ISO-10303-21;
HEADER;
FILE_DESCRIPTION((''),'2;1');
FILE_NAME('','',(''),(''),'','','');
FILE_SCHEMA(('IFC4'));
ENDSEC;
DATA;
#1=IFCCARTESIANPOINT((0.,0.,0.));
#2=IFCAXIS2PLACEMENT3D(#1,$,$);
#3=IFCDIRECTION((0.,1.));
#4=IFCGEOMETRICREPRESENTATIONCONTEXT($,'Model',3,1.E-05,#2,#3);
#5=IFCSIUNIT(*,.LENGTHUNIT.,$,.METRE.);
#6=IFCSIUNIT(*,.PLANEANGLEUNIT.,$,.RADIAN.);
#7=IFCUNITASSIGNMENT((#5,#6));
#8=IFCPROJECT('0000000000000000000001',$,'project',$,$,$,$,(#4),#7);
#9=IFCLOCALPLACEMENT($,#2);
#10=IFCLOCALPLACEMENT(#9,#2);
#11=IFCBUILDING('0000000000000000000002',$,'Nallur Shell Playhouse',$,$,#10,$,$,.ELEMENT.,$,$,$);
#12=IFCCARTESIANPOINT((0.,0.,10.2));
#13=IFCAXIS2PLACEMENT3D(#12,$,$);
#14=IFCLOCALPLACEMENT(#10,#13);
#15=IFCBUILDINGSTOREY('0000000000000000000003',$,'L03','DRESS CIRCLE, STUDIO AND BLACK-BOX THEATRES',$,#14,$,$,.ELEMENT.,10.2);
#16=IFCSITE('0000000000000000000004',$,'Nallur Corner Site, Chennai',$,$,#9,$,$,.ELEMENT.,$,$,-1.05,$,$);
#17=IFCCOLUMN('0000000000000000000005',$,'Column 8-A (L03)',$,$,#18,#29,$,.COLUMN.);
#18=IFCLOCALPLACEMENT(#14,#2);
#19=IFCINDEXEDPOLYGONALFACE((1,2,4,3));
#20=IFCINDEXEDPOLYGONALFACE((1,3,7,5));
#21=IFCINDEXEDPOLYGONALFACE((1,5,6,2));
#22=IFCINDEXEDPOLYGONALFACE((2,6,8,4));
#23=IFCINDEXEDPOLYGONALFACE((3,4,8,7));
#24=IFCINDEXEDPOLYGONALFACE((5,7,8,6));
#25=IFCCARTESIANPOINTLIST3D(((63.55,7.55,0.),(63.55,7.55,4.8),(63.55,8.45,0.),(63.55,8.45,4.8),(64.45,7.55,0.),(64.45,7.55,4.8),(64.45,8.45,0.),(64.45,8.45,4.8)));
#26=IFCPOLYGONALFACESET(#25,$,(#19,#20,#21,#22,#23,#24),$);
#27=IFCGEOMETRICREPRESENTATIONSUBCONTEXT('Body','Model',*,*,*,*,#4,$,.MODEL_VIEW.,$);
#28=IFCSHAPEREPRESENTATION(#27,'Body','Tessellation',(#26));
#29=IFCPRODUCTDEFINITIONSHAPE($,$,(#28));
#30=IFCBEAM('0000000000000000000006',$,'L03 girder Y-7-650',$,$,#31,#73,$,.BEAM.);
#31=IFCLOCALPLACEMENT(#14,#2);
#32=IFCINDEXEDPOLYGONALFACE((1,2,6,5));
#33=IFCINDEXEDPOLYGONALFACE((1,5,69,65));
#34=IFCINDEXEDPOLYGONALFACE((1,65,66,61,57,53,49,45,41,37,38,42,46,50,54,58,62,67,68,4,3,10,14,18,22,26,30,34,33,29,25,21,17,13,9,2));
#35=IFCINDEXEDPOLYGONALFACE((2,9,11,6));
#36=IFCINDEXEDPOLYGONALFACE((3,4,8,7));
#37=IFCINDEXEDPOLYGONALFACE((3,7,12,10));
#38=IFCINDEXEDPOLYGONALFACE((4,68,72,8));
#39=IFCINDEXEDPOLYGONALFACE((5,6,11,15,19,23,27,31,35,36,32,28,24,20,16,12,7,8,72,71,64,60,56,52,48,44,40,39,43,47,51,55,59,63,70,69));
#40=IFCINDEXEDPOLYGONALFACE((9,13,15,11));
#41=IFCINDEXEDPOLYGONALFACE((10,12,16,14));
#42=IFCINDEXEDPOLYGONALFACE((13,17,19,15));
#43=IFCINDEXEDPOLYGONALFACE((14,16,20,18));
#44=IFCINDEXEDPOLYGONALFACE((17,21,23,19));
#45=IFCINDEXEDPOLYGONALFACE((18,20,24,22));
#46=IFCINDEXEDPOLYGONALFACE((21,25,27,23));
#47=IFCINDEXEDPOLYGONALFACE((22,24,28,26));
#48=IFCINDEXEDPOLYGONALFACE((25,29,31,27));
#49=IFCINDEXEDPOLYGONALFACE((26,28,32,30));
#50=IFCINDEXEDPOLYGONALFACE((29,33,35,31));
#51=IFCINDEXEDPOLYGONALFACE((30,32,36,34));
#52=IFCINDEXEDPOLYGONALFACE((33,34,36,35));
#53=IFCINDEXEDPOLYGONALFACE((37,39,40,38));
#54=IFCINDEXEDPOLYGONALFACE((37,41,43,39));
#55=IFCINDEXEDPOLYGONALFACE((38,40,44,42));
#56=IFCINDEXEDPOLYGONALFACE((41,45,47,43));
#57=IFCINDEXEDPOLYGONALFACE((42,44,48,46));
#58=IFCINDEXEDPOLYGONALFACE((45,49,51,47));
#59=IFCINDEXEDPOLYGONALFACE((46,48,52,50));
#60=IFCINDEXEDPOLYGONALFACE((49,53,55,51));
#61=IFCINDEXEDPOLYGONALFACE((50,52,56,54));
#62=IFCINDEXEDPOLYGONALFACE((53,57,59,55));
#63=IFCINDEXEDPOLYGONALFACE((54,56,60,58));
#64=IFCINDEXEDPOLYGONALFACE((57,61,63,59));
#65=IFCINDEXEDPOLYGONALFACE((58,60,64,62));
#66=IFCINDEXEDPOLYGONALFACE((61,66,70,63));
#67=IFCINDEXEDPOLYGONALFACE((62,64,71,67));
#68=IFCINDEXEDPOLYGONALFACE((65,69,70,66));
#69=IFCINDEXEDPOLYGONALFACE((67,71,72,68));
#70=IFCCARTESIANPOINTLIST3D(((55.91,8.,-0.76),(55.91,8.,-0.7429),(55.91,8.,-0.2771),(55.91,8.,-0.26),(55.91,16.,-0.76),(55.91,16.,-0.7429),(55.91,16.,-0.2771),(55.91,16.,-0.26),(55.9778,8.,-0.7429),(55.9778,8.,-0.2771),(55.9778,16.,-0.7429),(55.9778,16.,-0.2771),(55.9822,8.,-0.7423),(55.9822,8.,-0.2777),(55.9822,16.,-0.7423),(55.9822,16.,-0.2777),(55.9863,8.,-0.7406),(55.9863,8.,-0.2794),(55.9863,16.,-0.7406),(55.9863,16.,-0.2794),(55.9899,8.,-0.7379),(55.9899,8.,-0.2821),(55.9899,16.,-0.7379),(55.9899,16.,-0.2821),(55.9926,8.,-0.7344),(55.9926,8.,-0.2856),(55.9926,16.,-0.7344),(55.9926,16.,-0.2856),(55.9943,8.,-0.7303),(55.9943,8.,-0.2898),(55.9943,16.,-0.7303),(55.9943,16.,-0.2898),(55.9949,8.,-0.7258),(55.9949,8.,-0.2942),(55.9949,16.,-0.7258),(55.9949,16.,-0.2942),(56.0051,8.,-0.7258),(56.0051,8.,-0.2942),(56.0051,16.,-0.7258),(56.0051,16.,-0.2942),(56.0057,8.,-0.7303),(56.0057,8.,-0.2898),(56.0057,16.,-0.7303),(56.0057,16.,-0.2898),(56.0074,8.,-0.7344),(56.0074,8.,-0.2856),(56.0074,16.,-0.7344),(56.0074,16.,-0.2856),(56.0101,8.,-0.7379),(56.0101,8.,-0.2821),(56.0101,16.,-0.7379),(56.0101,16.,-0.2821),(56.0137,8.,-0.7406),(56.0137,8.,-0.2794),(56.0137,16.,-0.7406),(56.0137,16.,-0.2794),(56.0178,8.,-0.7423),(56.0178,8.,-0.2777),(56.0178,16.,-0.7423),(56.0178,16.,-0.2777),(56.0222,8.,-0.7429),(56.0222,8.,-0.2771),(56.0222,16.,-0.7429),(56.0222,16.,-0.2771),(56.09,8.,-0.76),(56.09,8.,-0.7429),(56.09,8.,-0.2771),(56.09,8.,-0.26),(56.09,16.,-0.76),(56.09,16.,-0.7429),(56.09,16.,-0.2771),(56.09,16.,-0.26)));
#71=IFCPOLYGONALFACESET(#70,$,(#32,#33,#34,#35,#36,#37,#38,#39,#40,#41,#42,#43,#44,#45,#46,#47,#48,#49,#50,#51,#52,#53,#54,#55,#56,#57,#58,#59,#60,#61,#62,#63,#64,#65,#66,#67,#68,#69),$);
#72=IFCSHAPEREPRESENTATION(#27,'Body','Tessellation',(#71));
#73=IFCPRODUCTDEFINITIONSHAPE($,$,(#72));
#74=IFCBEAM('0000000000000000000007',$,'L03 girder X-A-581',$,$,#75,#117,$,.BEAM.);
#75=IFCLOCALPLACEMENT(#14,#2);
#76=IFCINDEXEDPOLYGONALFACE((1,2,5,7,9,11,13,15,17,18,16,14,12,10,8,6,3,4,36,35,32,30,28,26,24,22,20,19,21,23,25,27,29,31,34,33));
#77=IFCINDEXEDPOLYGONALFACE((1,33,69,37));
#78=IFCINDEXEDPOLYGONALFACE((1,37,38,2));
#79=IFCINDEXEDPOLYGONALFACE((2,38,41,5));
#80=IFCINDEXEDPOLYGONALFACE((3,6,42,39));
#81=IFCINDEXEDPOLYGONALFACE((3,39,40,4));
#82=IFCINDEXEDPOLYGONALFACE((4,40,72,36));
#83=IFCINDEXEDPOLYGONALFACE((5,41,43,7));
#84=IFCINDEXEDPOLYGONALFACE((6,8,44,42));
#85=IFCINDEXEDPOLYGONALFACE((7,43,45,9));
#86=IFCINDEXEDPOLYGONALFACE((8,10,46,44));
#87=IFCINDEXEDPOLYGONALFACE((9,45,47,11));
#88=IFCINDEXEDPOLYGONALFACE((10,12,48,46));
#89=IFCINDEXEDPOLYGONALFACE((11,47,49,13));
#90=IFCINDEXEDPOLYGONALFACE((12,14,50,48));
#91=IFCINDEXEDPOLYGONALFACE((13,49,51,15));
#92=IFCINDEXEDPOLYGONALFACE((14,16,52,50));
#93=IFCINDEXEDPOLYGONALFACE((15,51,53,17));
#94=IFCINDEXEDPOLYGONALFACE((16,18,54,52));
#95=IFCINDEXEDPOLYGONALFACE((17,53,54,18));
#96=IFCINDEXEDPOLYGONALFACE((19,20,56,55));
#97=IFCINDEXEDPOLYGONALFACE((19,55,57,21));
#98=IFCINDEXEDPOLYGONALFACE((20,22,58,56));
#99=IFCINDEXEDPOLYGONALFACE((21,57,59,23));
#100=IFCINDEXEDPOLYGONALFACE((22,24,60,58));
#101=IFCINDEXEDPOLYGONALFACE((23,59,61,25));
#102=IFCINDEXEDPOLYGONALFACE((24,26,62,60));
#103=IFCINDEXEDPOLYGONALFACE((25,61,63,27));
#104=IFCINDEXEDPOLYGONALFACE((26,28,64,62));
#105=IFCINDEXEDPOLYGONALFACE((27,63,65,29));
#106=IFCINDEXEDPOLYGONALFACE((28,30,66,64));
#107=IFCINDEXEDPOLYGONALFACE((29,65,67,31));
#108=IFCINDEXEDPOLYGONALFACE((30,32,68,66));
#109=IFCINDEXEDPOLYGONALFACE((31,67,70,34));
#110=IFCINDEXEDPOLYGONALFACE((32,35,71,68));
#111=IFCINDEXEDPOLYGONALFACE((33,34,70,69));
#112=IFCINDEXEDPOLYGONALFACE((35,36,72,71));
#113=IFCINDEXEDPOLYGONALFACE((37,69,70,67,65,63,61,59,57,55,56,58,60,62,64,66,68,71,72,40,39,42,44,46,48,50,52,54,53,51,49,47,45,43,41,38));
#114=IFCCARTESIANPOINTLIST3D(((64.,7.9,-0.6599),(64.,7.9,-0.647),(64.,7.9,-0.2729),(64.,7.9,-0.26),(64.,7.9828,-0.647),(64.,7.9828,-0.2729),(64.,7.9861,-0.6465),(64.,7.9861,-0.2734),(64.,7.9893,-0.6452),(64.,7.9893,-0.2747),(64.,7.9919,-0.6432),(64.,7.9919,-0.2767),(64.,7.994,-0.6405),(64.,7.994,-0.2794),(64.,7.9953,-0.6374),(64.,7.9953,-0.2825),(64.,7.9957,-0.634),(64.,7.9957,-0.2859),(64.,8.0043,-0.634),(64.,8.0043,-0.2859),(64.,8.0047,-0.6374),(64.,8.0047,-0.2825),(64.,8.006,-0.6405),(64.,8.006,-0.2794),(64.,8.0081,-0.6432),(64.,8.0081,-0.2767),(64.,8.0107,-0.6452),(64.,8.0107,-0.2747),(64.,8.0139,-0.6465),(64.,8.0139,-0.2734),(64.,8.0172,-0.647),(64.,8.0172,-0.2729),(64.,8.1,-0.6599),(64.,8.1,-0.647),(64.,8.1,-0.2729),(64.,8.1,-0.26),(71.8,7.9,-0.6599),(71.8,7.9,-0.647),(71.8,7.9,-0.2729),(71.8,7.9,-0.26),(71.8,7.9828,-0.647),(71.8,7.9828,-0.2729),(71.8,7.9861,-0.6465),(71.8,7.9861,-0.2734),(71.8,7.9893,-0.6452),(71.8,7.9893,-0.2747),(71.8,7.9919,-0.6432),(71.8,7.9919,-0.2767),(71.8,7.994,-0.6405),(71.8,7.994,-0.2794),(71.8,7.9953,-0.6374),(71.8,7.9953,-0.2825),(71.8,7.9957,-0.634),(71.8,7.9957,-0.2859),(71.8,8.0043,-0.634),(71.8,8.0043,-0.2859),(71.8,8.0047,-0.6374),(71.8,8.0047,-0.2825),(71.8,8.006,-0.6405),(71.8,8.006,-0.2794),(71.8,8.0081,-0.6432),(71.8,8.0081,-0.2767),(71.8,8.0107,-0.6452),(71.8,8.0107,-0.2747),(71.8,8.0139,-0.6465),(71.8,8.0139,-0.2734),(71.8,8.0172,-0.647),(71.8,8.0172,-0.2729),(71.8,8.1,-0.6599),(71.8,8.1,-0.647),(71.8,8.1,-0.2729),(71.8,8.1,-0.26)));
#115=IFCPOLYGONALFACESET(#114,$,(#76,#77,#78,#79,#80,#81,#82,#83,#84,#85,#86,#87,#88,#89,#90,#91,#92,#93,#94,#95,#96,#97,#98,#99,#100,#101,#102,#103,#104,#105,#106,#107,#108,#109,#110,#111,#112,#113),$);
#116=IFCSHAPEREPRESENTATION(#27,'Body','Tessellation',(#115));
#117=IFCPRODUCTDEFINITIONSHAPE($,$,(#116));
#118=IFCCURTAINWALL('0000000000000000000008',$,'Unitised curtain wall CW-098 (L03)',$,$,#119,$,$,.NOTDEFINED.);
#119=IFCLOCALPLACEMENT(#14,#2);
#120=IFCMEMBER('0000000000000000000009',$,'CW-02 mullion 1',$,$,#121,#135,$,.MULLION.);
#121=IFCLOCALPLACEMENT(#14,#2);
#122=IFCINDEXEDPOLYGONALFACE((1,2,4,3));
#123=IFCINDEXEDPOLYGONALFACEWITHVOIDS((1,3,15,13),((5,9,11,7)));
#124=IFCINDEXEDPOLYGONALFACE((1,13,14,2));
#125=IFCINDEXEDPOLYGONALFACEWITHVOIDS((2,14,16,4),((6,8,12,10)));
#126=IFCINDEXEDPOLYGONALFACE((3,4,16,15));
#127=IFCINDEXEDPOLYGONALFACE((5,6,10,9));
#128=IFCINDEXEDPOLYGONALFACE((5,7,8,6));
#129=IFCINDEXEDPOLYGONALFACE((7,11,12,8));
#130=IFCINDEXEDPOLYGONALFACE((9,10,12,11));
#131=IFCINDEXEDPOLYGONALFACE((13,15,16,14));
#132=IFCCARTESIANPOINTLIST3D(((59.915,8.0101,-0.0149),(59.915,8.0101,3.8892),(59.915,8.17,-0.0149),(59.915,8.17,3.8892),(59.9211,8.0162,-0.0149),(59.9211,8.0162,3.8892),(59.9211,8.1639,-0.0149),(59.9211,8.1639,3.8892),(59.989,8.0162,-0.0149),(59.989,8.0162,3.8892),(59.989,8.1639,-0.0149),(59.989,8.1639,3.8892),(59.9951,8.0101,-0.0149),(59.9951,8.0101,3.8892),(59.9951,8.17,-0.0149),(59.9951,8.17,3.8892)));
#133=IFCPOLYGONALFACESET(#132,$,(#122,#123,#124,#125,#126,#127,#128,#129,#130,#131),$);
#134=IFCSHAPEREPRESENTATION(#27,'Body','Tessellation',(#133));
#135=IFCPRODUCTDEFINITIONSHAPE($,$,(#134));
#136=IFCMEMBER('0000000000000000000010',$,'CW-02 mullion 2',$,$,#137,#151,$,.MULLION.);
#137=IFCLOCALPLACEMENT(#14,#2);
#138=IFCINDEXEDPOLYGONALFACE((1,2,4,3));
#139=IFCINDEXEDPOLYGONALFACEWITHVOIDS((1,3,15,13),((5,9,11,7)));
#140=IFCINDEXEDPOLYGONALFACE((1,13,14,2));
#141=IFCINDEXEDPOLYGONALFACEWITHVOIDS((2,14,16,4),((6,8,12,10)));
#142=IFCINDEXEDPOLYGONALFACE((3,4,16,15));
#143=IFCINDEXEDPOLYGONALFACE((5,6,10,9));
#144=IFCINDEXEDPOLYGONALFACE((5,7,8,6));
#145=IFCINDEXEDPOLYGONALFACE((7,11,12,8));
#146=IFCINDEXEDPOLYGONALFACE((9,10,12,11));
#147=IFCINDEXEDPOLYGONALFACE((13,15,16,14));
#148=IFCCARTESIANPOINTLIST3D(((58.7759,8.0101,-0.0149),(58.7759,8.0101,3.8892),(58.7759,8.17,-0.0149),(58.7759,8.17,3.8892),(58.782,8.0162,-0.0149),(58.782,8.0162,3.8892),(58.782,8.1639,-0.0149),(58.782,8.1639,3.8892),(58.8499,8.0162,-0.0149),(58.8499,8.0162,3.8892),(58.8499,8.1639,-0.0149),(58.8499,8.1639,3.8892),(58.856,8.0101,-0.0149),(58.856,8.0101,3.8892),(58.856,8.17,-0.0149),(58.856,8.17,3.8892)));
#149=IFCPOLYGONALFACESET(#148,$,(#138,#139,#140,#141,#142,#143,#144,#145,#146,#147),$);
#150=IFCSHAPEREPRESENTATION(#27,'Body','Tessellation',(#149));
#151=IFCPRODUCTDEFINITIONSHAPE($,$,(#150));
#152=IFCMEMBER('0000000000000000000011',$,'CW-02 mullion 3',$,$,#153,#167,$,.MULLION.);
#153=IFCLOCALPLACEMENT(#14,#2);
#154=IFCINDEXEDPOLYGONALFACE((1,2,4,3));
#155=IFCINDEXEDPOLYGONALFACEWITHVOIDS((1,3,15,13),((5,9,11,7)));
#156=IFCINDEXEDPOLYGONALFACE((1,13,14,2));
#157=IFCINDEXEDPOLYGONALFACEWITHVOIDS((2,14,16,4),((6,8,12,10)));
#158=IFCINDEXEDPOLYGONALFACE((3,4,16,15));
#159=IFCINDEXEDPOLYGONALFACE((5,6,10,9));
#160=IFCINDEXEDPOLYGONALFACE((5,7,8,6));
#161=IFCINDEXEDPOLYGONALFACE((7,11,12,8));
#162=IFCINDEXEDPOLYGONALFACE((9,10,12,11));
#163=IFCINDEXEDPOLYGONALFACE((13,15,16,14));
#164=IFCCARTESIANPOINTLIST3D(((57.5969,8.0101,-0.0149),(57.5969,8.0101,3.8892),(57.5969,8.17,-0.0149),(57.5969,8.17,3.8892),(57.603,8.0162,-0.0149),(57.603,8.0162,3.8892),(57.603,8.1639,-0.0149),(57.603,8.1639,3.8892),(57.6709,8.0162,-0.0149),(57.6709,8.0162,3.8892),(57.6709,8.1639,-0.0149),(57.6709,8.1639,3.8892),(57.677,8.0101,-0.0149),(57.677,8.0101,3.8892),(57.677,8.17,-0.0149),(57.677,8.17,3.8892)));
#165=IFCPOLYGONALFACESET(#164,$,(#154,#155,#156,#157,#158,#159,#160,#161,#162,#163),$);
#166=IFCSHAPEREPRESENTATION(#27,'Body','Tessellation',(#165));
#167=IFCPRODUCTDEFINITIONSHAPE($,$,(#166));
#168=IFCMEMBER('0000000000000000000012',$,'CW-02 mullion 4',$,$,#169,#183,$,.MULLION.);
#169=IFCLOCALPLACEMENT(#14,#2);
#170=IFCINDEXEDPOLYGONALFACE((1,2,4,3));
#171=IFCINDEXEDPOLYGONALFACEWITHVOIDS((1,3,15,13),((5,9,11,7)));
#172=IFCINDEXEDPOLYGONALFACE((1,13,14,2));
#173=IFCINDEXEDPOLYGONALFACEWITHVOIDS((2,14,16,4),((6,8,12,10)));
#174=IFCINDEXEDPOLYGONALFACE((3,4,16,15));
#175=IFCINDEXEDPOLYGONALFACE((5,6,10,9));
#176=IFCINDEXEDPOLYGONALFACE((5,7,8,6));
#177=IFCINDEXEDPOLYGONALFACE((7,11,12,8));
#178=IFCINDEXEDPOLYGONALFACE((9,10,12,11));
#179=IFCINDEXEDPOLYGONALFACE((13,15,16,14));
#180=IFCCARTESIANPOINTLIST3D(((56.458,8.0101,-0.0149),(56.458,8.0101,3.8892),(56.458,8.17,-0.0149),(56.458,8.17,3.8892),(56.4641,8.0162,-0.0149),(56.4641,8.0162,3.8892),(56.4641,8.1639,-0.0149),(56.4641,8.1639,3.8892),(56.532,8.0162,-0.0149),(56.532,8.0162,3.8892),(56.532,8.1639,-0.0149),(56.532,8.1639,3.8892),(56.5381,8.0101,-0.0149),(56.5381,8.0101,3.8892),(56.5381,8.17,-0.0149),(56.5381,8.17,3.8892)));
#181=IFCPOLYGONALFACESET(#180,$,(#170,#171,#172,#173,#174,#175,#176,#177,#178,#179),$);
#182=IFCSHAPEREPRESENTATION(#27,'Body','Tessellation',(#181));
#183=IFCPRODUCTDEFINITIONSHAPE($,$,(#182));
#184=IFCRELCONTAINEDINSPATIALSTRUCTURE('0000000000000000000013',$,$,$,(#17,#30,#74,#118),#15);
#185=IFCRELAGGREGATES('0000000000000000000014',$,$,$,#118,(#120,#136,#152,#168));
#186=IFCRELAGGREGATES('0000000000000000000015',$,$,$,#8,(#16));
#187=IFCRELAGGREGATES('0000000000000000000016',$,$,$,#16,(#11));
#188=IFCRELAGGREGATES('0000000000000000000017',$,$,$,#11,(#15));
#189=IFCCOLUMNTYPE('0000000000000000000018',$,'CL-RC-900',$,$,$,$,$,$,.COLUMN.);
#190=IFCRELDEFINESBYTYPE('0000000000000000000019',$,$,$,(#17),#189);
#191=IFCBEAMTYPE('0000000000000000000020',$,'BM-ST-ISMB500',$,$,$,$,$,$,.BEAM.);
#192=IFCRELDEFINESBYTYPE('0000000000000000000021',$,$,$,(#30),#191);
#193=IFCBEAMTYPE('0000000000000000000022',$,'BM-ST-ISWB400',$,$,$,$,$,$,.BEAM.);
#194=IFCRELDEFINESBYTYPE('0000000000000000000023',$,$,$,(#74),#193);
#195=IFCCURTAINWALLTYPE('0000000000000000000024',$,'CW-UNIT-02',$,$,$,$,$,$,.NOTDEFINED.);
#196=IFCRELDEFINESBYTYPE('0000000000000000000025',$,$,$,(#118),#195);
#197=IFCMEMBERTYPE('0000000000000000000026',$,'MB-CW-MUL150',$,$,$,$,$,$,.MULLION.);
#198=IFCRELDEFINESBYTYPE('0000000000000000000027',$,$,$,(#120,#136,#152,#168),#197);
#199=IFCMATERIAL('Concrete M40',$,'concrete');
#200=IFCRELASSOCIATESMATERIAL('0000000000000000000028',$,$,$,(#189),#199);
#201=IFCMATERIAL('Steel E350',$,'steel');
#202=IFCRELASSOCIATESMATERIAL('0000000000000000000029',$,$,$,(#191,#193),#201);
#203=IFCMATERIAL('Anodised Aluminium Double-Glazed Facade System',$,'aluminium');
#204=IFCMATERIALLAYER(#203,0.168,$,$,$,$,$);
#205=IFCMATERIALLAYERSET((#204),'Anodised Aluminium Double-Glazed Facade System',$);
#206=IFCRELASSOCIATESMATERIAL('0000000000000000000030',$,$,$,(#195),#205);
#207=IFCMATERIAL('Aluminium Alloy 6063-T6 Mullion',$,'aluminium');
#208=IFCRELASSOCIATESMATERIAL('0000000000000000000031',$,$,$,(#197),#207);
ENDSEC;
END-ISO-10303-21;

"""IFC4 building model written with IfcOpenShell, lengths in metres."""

from ifc_helpers import new_model, si_unit, direction, frame, origin, origin_2d, place, context, subcontext, project, spatial, rectangle, hollow_rectangle, i_section, extrude, material, layer, layer_set, material_profile, profile_set, type_object, element, aggregate, save


model = new_model("IFC4")

# Units and contexts
model_context = context("Model", 3, precision=1e-05, world=origin(), true_north=direction((0.0, 1.0)))
body_context = subcontext(model_context, "Body", "Model", "MODEL_VIEW")
ifc_project = project(units=[si_unit("LENGTHUNIT", "METRE"), si_unit("PLANEANGLEUNIT", "RADIAN")], contexts=[model_context])

# Site, building, storey
site_placement = place(None, origin())
site = spatial("IfcSite", under=ifc_project, at=site_placement, Name="Nallur Corner Site, Chennai", CompositionType="ELEMENT", RefElevation=-1.05)
building_placement = place(site_placement, origin())
building = spatial("IfcBuilding", under=site, at=building_placement, Name="Nallur Shell Playhouse", CompositionType="ELEMENT")
storey_placement = place(building_placement, frame((0.0, 0.0, 10.2)))
storey = spatial("IfcBuildingStorey", under=building, at=storey_placement, Name="L03", Description="DRESS CIRCLE, STUDIO AND BLACK-BOX THEATRES", CompositionType="ELEMENT", Elevation=10.2)

# Column
ifc_material_1 = material(Name="Concrete M40", Category="concrete")
ifc_material_profile_1 = material_profile(ifc_material_1, rectangle(XDim=0.8999, YDim=0.8999, at=origin_2d()), Name="RC 900x900")
ifc_profile_set_1 = profile_set([ifc_material_profile_1], Name="Concrete M40")
column_type = type_object("IfcColumnType", Name="CL-RC-900", PredefinedType="COLUMN", material=ifc_profile_set_1)
column_placement = place(storey_placement, frame((64.0, 8.0, 0.0), z_axis=(0.0, 0.0, 1.0), x_axis=(1.0, 0.0, 0.0)))
element("IfcColumn", 1, at=column_placement, inside=storey, type_object=column_type, Name="Column 8-A (L03)", PredefinedType="COLUMN", context=body_context, shape_type="SweptSolid", body=[
    extrude(rectangle(XDim=0.8999, YDim=0.8999, at=origin_2d()), origin(), (0.0, 0.0, 1.0), 4.8),
])

# Beams
ifc_material_2 = material(Name="Steel E350", Category="steel")
ifc_material_profile_2 = material_profile(ifc_material_2, i_section(OverallWidth=0.1799, OverallDepth=0.5, WebThickness=0.0103, FlangeThickness=0.0171, FilletRadius=0.0171, at=origin_2d()), Name="ISMB 500")
ifc_profile_set_2 = profile_set([ifc_material_profile_2], Name="Steel E350")
beam_type_1 = type_object("IfcBeamType", Name="BM-ST-ISMB500", PredefinedType="BEAM", material=ifc_profile_set_2)
beam_1_placement = place(storey_placement, frame((56.0, 8.0, -0.51), z_axis=(0.0, 1.0, 0.0), x_axis=(-1.0, 0.0, 0.0)))
element("IfcBeam", 2, at=beam_1_placement, inside=storey, type_object=beam_type_1, Name="L03 girder Y-7-650", PredefinedType="BEAM", context=body_context, shape_type="SweptSolid", body=[
    extrude(i_section(OverallWidth=0.1799, OverallDepth=0.5, WebThickness=0.0103, FlangeThickness=0.0171, FilletRadius=0.0171, at=origin_2d()), origin(), (0.0, 0.0, 1.0), 8.0),
])
ifc_material_profile_3 = material_profile(ifc_material_2, i_section(OverallWidth=0.2, OverallDepth=0.3999, WebThickness=0.0085, FlangeThickness=0.0129, FilletRadius=0.0129, at=origin_2d()), Name="ISWB 400")
ifc_profile_set_3 = profile_set([ifc_material_profile_3], Name="Steel E350")
beam_type_2 = type_object("IfcBeamType", Name="BM-ST-ISWB400", PredefinedType="BEAM", material=ifc_profile_set_3)
beam_2_placement = place(storey_placement, frame((64.0, 8.0, -0.46), z_axis=(1.0, 0.0, 0.0), x_axis=(0.0, 1.0, 0.0)))
element("IfcBeam", 3, at=beam_2_placement, inside=storey, type_object=beam_type_2, Name="L03 girder X-A-581", PredefinedType="BEAM", context=body_context, shape_type="SweptSolid", body=[
    extrude(i_section(OverallWidth=0.2, OverallDepth=0.3999, WebThickness=0.0085, FlangeThickness=0.0129, FilletRadius=0.0129, at=origin_2d()), origin(), (0.0, 0.0, 1.0), 7.8),
])

# Curtain wall, members
ifc_material_3 = material(Name="Anodised Aluminium Double-Glazed Facade System", Category="aluminium")
ifc_layer_1 = layer(ifc_material_3, 0.168)
ifc_layer_set_1 = layer_set([ifc_layer_1], Name="Anodised Aluminium Double-Glazed Facade System")
curtain_wall_type = type_object("IfcCurtainWallType", Name="CW-UNIT-02", PredefinedType="NOTDEFINED", material=ifc_layer_set_1)
curtain_wall_placement = place(storey_placement, origin())
curtain_wall = element("IfcCurtainWall", 4, at=curtain_wall_placement, inside=storey, type_object=curtain_wall_type, Name="Unitised curtain wall CW-098 (L03)", PredefinedType="NOTDEFINED")
ifc_material_4 = material(Name="Aluminium Alloy 6063-T6 Mullion", Category="aluminium")
ifc_material_profile_4 = material_profile(ifc_material_4, hollow_rectangle(XDim=0.0801, YDim=0.1599, WallThickness=0.0061, at=origin_2d()), Name="RHS 160x80x6")
ifc_profile_set_4 = profile_set([ifc_material_profile_4], Name="Aluminium Alloy 6063-T6 Mullion")
member_type_1 = type_object("IfcMemberType", Name="MB-CW-MUL150", PredefinedType="MULLION", material=ifc_profile_set_4)
member_1_placement = place(storey_placement, frame((59.9551, 8.0901, -0.0149), z_axis=(0.0, 0.0, 1.0), x_axis=(-1.0, 0.0, 0.0)))
member_1 = element("IfcMember", 5, at=member_1_placement, type_object=member_type_1, Name="CW-02 mullion 1", PredefinedType="MULLION", context=body_context, shape_type="SweptSolid", body=[
    extrude(hollow_rectangle(XDim=0.0801, YDim=0.1599, WallThickness=0.0061, at=origin_2d()), origin(), (0.0, 0.0, 1.0), 3.9041),
])
member_2_placement = place(storey_placement, frame((58.8159, 8.0901, -0.0149), z_axis=(0.0, 0.0, 1.0), x_axis=(-1.0, 0.0, 0.0)))
member_2 = element("IfcMember", 6, at=member_2_placement, type_object=member_type_1, Name="CW-02 mullion 2", PredefinedType="MULLION", context=body_context, shape_type="SweptSolid", body=[
    extrude(hollow_rectangle(XDim=0.0801, YDim=0.1599, WallThickness=0.0061, at=origin_2d()), origin(), (0.0, 0.0, 1.0), 3.9041),
])
member_3_placement = place(storey_placement, frame((57.637, 8.0901, -0.0149), z_axis=(0.0, 0.0, 1.0), x_axis=(-1.0, 0.0, 0.0)))
member_3 = element("IfcMember", 7, at=member_3_placement, type_object=member_type_1, Name="CW-02 mullion 3", PredefinedType="MULLION", context=body_context, shape_type="SweptSolid", body=[
    extrude(hollow_rectangle(XDim=0.0801, YDim=0.1599, WallThickness=0.0061, at=origin_2d()), origin(), (0.0, 0.0, 1.0), 3.9041),
])
member_4_placement = place(storey_placement, frame((56.498, 8.0901, -0.0149), z_axis=(0.0, 0.0, 1.0), x_axis=(-1.0, 0.0, 0.0)))
member_4 = element("IfcMember", 8, at=member_4_placement, type_object=member_type_1, Name="CW-02 mullion 4", PredefinedType="MULLION", context=body_context, shape_type="SweptSolid", body=[
    extrude(hollow_rectangle(XDim=0.0801, YDim=0.1599, WallThickness=0.0061, at=origin_2d()), origin(), (0.0, 0.0, 1.0), 3.9041),
])

aggregate(curtain_wall, [member_1, member_2, member_3, member_4])

save(model, "model.ifc")
